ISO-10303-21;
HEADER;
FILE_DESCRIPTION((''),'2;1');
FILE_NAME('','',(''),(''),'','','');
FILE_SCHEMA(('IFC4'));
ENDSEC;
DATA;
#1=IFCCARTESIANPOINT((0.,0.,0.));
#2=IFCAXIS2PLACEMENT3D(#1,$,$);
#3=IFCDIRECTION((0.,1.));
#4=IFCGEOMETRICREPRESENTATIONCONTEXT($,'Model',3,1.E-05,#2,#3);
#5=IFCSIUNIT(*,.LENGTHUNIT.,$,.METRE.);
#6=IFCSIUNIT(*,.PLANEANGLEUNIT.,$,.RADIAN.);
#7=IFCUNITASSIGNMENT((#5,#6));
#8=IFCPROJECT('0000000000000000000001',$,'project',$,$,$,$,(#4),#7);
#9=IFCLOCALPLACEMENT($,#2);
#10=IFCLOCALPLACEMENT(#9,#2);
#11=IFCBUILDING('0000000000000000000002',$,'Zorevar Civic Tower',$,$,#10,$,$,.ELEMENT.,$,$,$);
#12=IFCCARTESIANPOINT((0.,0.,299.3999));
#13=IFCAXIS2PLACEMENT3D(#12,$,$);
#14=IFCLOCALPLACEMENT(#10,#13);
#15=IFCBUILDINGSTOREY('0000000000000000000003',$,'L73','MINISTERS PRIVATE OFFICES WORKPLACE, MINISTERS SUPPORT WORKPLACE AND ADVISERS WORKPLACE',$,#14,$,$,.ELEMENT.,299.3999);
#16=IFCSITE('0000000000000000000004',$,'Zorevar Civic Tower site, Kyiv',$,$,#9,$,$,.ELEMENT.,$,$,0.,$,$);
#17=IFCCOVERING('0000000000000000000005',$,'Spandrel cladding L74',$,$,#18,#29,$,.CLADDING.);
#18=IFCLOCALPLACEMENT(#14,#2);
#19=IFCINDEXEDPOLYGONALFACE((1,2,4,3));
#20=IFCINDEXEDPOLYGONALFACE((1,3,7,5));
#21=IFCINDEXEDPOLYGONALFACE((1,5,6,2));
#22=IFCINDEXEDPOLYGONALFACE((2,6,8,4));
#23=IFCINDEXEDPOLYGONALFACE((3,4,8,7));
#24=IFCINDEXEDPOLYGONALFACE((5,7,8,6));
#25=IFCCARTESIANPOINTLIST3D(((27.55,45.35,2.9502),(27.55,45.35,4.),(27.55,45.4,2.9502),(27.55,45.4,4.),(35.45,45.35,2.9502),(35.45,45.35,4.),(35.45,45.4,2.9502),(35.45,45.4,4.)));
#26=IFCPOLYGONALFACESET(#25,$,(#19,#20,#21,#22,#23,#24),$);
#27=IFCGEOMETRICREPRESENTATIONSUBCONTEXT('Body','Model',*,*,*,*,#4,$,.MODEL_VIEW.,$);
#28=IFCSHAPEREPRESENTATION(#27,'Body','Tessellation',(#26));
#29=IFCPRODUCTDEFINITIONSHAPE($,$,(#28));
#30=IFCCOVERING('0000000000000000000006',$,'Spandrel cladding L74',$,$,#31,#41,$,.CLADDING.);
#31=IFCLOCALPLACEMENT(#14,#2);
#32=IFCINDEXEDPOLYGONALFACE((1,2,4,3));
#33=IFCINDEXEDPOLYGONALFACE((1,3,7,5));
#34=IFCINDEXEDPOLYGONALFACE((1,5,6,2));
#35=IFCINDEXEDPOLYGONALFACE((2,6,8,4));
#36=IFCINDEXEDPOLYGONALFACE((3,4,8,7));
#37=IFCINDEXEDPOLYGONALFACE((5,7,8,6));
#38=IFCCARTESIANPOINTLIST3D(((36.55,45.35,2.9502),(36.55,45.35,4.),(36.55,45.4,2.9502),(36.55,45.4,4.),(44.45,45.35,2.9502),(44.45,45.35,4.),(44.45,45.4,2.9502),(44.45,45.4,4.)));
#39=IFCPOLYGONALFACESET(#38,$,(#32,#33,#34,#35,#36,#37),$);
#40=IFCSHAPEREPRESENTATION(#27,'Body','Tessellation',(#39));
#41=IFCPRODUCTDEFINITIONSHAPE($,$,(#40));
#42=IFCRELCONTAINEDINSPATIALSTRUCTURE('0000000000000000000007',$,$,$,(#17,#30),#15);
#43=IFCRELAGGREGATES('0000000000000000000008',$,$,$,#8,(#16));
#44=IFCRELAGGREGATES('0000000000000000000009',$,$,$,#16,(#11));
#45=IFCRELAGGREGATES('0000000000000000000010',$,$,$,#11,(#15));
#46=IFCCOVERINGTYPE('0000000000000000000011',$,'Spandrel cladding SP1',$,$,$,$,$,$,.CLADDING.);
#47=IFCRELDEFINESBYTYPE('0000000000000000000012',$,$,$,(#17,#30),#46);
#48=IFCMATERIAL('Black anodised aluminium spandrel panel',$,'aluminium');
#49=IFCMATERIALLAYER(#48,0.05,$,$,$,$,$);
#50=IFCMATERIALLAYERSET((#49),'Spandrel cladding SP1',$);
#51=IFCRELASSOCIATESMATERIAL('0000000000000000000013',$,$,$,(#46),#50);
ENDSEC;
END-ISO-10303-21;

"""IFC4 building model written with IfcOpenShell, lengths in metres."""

from ifc_helpers import new_model, si_unit, direction, frame, frame_2d, origin, place, context, subcontext, project, spatial, rectangle, extrude, material, layer, layer_set, type_object, element, save


model = new_model("IFC4")

# Units and contexts
model_context = context("Model", 3, precision=1e-05, world=origin(), true_north=direction((0.0, 1.0)))
body_context = subcontext(model_context, "Body", "Model", "MODEL_VIEW")
ifc_project = project(units=[si_unit("LENGTHUNIT", "METRE"), si_unit("PLANEANGLEUNIT", "RADIAN")], contexts=[model_context])

# Site, building, storey
site_placement = place(None, origin())
site = spatial("IfcSite", under=ifc_project, at=site_placement, Name="Zorevar Civic Tower site, Kyiv", CompositionType="ELEMENT", RefElevation=0.0)
building_placement = place(site_placement, origin())
building = spatial("IfcBuilding", under=site, at=building_placement, Name="Zorevar Civic Tower", CompositionType="ELEMENT")
storey_placement = place(building_placement, frame((0.0, 0.0, 299.3999)))
storey = spatial("IfcBuildingStorey", under=building, at=storey_placement, Name="L73", Description="MINISTERS PRIVATE OFFICES WORKPLACE, MINISTERS SUPPORT WORKPLACE AND ADVISERS WORKPLACE", CompositionType="ELEMENT", Elevation=299.3999)

# Coverings
ifc_material_1 = material(Name="Black anodised aluminium spandrel panel", Category="aluminium")
ifc_layer_1 = layer(ifc_material_1, 0.05)
ifc_layer_set_1 = layer_set([ifc_layer_1], Name="Spandrel cladding SP1")
covering_type = type_object("IfcCoveringType", Name="Spandrel cladding SP1", PredefinedType="CLADDING", material=ifc_layer_set_1)
for number, where, z_axis, x_axis, name in (
    (1, (27.55, 45.375, 2.9502), (0.0, 0.0, 1.0), (1.0, 0.0, 0.0), "Spandrel cladding L74"),
    (2, (36.55, 45.375, 2.9502), (0.0, 0.0, 1.0), (1.0, 0.0, 0.0), "Spandrel cladding L74"),
):
    element("IfcCovering", number, at=place(storey_placement, frame(where, z_axis=z_axis, x_axis=x_axis)), inside=storey, type_object=covering_type, Name=name, PredefinedType="CLADDING", context=body_context, shape_type="SweptSolid", body=[
        extrude(rectangle(XDim=7.8999, YDim=0.05, at=frame_2d((3.95, 0.0))), origin(), (0.0, 0.0, 1.0), 1.0498),
    ])

save(model, "model.ifc")
